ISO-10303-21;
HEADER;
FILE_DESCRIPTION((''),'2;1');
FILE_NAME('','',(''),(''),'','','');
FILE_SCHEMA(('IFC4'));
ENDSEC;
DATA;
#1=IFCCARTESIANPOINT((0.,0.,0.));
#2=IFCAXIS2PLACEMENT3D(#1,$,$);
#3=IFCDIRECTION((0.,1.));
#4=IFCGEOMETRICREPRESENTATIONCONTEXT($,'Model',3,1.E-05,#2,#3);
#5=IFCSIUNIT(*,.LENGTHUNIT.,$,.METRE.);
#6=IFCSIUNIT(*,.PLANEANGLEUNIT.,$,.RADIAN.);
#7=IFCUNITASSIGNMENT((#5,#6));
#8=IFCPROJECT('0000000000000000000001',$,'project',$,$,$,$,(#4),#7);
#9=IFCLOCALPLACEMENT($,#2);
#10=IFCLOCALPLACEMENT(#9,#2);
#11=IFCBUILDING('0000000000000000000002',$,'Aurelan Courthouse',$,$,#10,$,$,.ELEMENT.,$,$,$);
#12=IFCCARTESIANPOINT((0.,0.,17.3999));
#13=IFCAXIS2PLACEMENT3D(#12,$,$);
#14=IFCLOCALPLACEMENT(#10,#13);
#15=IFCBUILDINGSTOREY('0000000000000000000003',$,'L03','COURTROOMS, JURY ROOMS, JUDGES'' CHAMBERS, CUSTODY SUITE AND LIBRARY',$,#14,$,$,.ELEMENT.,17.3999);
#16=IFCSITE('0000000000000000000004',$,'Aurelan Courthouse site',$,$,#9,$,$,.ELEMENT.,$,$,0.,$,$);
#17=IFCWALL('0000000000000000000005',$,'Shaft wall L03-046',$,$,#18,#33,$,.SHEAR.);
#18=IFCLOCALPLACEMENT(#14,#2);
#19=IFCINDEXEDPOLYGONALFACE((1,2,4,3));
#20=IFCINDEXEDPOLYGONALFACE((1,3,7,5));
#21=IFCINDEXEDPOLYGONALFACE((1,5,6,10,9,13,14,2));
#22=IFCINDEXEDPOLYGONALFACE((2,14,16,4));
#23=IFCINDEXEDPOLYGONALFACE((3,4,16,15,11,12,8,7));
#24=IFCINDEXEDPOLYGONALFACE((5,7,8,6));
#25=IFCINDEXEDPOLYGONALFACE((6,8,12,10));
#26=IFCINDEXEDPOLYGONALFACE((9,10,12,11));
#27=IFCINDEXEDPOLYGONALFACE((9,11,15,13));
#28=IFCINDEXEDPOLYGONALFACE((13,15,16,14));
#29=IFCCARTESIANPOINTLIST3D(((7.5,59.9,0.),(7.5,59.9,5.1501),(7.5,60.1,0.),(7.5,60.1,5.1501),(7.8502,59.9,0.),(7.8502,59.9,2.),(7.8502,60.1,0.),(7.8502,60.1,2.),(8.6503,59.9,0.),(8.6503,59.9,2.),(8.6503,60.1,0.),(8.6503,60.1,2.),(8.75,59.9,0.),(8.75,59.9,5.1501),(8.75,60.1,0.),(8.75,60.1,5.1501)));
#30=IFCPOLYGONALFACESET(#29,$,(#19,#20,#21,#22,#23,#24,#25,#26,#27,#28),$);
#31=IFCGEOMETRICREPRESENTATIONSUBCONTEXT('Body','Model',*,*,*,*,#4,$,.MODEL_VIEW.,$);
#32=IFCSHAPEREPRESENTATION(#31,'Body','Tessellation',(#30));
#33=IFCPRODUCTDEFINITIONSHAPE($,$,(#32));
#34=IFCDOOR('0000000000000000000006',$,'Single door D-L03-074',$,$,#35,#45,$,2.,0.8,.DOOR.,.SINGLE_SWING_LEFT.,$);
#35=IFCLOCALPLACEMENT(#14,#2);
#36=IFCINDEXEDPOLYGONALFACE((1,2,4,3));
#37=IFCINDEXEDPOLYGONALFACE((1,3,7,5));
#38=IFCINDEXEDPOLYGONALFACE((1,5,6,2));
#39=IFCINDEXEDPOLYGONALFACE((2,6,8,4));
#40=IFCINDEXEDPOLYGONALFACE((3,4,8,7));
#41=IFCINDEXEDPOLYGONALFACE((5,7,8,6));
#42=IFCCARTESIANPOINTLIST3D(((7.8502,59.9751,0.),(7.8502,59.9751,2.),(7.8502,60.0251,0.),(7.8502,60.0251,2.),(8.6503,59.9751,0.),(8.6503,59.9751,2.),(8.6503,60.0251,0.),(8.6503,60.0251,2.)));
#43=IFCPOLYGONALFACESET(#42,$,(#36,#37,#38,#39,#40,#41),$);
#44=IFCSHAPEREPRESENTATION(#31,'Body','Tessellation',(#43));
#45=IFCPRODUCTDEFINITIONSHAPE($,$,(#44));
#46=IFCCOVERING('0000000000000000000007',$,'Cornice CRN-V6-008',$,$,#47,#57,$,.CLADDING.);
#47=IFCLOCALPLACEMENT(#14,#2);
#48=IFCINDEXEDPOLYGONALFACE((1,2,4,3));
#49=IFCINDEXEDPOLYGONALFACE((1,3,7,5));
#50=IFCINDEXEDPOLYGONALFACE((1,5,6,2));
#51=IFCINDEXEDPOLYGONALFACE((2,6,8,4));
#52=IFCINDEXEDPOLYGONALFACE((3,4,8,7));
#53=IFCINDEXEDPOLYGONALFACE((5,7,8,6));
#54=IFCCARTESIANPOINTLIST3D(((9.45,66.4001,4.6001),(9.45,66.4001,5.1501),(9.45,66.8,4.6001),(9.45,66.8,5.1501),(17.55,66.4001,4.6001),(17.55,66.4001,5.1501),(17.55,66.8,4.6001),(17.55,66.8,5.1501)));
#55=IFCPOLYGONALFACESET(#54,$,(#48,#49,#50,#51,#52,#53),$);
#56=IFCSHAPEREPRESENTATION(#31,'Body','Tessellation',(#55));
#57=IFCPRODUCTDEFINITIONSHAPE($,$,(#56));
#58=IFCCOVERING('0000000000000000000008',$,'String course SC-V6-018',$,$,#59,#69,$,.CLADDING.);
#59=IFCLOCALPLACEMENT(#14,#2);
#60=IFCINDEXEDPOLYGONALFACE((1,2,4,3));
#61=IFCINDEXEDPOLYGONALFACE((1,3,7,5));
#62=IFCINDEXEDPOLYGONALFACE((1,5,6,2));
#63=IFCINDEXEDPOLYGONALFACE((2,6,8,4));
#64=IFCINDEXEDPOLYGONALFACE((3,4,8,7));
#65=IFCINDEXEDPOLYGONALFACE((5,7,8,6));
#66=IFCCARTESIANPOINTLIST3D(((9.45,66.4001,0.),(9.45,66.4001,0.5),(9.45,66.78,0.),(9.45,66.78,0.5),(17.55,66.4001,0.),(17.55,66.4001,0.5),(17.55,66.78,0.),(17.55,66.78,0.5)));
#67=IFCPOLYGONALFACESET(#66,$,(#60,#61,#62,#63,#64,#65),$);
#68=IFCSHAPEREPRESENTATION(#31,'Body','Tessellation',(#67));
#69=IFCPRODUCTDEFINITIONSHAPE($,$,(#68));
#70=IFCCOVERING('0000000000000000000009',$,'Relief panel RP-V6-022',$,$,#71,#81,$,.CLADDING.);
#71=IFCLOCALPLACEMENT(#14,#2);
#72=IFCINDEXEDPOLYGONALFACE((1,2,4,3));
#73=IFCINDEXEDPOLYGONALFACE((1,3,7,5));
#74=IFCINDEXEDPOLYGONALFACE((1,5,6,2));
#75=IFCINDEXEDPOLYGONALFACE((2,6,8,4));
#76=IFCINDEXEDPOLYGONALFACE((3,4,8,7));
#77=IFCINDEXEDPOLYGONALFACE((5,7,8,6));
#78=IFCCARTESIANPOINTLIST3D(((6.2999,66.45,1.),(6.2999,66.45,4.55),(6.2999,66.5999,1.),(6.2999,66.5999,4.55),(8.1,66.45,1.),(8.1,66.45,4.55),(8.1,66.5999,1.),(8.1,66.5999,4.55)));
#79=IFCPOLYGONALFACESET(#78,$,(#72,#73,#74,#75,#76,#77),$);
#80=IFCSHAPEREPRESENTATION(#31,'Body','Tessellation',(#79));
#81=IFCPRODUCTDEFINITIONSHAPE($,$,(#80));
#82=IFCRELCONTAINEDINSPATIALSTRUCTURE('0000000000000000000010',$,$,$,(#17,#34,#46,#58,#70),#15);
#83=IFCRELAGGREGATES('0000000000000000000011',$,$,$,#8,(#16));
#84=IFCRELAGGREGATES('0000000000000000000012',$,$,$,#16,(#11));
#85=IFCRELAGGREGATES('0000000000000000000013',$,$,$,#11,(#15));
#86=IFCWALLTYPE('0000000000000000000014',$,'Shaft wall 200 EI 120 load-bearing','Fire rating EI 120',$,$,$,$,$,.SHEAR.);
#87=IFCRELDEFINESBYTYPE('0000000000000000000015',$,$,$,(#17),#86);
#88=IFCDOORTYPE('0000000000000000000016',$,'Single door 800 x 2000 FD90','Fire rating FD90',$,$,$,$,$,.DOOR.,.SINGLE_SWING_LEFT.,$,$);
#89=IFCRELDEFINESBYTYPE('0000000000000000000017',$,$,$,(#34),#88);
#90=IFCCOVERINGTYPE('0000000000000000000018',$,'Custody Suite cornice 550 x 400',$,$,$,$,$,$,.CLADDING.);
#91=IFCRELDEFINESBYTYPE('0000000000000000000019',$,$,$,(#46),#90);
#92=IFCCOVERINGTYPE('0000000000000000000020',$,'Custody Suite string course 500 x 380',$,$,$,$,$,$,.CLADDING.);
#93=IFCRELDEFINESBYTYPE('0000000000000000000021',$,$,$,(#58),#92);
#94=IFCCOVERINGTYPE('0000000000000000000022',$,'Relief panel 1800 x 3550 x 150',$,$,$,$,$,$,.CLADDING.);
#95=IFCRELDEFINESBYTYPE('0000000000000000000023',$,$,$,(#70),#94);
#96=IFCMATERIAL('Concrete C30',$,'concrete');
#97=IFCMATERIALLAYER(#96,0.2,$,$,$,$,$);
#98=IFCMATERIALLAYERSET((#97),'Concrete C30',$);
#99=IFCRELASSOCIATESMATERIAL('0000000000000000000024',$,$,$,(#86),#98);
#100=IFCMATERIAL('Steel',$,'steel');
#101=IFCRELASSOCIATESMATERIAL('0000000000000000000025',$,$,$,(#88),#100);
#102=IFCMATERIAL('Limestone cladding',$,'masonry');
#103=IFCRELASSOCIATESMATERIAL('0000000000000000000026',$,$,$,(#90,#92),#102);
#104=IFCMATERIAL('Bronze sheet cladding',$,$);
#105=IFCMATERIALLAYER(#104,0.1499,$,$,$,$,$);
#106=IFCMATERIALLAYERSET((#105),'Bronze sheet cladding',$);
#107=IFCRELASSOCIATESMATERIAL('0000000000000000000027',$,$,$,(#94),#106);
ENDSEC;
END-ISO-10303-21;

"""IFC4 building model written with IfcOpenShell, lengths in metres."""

from ifc_helpers import new_model, si_unit, direction, frame, frame_2d, origin, origin_2d, place, context, subcontext, project, spatial, rectangle, extrude, material, layer, layer_set, type_object, element, fill, save


model = new_model("IFC4")

# Units and contexts
model_context = context("Model", 3, precision=1e-05, world=origin(), true_north=direction((0.0, 1.0)))
body_context = subcontext(model_context, "Body", "Model", "MODEL_VIEW")
ifc_project = project(units=[si_unit("LENGTHUNIT", "METRE"), si_unit("PLANEANGLEUNIT", "RADIAN")], contexts=[model_context])

# Site, building, storey
site_placement = place(None, origin())
site = spatial("IfcSite", under=ifc_project, at=site_placement, Name="Aurelan Courthouse site", CompositionType="ELEMENT", RefElevation=0.0)
building_placement = place(site_placement, origin())
building = spatial("IfcBuilding", under=site, at=building_placement, Name="Aurelan Courthouse", CompositionType="ELEMENT")
storey_placement = place(building_placement, frame((0.0, 0.0, 17.3999)))
storey = spatial("IfcBuildingStorey", under=building, at=storey_placement, Name="L03", Description="COURTROOMS, JURY ROOMS, JUDGES' CHAMBERS, CUSTODY SUITE AND LIBRARY", CompositionType="ELEMENT", Elevation=17.3999)

# Shared definitions
ifc_material_1 = material(Name="Limestone cladding", Category="masonry")

# Shared definitions
ifc_material_2 = material(Name="Concrete C30", Category="concrete")

# Shared definitions
ifc_material_3 = material(Name="Steel", Category="steel")

# Wall, opening, door
ifc_layer_1 = layer(ifc_material_2, 0.2)
ifc_layer_set_1 = layer_set([ifc_layer_1], Name="Concrete C30")
wall_type_1 = type_object("IfcWallType", Name="Shaft wall 200 EI 120 load-bearing", Description="Fire rating EI 120", PredefinedType="SHEAR", material=ifc_layer_set_1)
wall_1_placement = place(storey_placement, frame((7.5, 60.0, 0.0), z_axis=(0.0, 0.0, 1.0), x_axis=(1.0, 0.0, 0.0)))
wall_1 = element("IfcWall", 1, at=wall_1_placement, inside=storey, type_object=wall_type_1, Name="Shaft wall L03-046", PredefinedType="SHEAR", context=body_context, shape_type="SweptSolid", body=[
    extrude(rectangle(XDim=1.25, YDim=0.2, at=frame_2d((0.625, 0.0))), origin(), (0.0, 0.0, 1.0), 5.1501),
])
opening_1_placement = place(wall_1_placement, frame((1.1501, 0.0, 0.0), z_axis=(0.0, 0.0, 1.0), x_axis=(-1.0, 0.0, 0.0)))
opening_1 = element("IfcOpeningElement", 2, at=opening_1_placement, cuts=wall_1, PredefinedType="OPENING", context=body_context, shape_type="SweptSolid", body=[
    extrude(rectangle(XDim=0.8, YDim=2.0, at=frame_2d((0.3999, 1.0))), frame((0.0, 0.1099, 0.0), z_axis=(0.0, -1.0, 0.0), x_axis=(1.0, 0.0, 0.0)), (0.0, 0.0, 1.0), 0.22),
])
door_type_1 = type_object("IfcDoorType", Name="Single door 800 x 2000 FD90", Description="Fire rating FD90", OperationType="SINGLE_SWING_LEFT", PredefinedType="DOOR", material=ifc_material_3)
door_1_placement = place(opening_1_placement, origin())
door_1 = element("IfcDoor", 3, at=door_1_placement, inside=storey, type_object=door_type_1, Name="Single door D-L03-074", OperationType="SINGLE_SWING_LEFT", OverallHeight=2.0, OverallWidth=0.8, PredefinedType="DOOR", context=body_context, shape_type="SweptSolid", body=[
    extrude(rectangle(XDim=0.8, YDim=2.0, at=frame_2d((0.3999, 1.0))), frame((0.0, 0.0249, 0.0), z_axis=(0.0, -1.0, 0.0), x_axis=(1.0, 0.0, 0.0)), (0.0, 0.0, 1.0), 0.05),
])
fill(opening_1, door_1)

# Coverings
covering_type_1 = type_object("IfcCoveringType", Name="Custody Suite cornice 550 x 400", PredefinedType="CLADDING", material=ifc_material_1)
covering_1_placement = place(storey_placement, frame((13.5, 66.6001, 4.6001), z_axis=(0.0, 0.0, 1.0), x_axis=(1.0, 0.0, 0.0)))
element("IfcCovering", 4, at=covering_1_placement, inside=storey, type_object=covering_type_1, Name="Cornice CRN-V6-008", PredefinedType="CLADDING", context=body_context, shape_type="SweptSolid", body=[
    extrude(rectangle(XDim=8.1001, YDim=0.3999, at=origin_2d()), origin(), (0.0, 0.0, 1.0), 0.55),
])
covering_type_2 = type_object("IfcCoveringType", Name="Custody Suite string course 500 x 380", PredefinedType="CLADDING", material=ifc_material_1)
covering_2_placement = place(storey_placement, frame((13.5, 66.5901, 0.0), z_axis=(0.0, 0.0, 1.0), x_axis=(1.0, 0.0, 0.0)))
element("IfcCovering", 5, at=covering_2_placement, inside=storey, type_object=covering_type_2, Name="String course SC-V6-018", PredefinedType="CLADDING", context=body_context, shape_type="SweptSolid", body=[
    extrude(rectangle(XDim=8.1001, YDim=0.3799, at=origin_2d()), origin(), (0.0, 0.0, 1.0), 0.5),
])
ifc_material_4 = material(Name="Bronze sheet cladding")
ifc_layer_2 = layer(ifc_material_4, 0.1499)
ifc_layer_set_2 = layer_set([ifc_layer_2], Name="Bronze sheet cladding")
covering_type_3 = type_object("IfcCoveringType", Name="Relief panel 1800 x 3550 x 150", PredefinedType="CLADDING", material=ifc_layer_set_2)
covering_3_placement = place(storey_placement, frame((7.2, 66.5249, 1.0), z_axis=(0.0, 0.0, 1.0), x_axis=(1.0, 0.0, 0.0)))
element("IfcCovering", 6, at=covering_3_placement, inside=storey, type_object=covering_type_3, Name="Relief panel RP-V6-022", PredefinedType="CLADDING", context=body_context, shape_type="SweptSolid", body=[
    extrude(rectangle(XDim=1.8, YDim=0.1499, at=origin_2d()), origin(), (0.0, 0.0, 1.0), 3.55),
])

save(model, "model.ifc")
